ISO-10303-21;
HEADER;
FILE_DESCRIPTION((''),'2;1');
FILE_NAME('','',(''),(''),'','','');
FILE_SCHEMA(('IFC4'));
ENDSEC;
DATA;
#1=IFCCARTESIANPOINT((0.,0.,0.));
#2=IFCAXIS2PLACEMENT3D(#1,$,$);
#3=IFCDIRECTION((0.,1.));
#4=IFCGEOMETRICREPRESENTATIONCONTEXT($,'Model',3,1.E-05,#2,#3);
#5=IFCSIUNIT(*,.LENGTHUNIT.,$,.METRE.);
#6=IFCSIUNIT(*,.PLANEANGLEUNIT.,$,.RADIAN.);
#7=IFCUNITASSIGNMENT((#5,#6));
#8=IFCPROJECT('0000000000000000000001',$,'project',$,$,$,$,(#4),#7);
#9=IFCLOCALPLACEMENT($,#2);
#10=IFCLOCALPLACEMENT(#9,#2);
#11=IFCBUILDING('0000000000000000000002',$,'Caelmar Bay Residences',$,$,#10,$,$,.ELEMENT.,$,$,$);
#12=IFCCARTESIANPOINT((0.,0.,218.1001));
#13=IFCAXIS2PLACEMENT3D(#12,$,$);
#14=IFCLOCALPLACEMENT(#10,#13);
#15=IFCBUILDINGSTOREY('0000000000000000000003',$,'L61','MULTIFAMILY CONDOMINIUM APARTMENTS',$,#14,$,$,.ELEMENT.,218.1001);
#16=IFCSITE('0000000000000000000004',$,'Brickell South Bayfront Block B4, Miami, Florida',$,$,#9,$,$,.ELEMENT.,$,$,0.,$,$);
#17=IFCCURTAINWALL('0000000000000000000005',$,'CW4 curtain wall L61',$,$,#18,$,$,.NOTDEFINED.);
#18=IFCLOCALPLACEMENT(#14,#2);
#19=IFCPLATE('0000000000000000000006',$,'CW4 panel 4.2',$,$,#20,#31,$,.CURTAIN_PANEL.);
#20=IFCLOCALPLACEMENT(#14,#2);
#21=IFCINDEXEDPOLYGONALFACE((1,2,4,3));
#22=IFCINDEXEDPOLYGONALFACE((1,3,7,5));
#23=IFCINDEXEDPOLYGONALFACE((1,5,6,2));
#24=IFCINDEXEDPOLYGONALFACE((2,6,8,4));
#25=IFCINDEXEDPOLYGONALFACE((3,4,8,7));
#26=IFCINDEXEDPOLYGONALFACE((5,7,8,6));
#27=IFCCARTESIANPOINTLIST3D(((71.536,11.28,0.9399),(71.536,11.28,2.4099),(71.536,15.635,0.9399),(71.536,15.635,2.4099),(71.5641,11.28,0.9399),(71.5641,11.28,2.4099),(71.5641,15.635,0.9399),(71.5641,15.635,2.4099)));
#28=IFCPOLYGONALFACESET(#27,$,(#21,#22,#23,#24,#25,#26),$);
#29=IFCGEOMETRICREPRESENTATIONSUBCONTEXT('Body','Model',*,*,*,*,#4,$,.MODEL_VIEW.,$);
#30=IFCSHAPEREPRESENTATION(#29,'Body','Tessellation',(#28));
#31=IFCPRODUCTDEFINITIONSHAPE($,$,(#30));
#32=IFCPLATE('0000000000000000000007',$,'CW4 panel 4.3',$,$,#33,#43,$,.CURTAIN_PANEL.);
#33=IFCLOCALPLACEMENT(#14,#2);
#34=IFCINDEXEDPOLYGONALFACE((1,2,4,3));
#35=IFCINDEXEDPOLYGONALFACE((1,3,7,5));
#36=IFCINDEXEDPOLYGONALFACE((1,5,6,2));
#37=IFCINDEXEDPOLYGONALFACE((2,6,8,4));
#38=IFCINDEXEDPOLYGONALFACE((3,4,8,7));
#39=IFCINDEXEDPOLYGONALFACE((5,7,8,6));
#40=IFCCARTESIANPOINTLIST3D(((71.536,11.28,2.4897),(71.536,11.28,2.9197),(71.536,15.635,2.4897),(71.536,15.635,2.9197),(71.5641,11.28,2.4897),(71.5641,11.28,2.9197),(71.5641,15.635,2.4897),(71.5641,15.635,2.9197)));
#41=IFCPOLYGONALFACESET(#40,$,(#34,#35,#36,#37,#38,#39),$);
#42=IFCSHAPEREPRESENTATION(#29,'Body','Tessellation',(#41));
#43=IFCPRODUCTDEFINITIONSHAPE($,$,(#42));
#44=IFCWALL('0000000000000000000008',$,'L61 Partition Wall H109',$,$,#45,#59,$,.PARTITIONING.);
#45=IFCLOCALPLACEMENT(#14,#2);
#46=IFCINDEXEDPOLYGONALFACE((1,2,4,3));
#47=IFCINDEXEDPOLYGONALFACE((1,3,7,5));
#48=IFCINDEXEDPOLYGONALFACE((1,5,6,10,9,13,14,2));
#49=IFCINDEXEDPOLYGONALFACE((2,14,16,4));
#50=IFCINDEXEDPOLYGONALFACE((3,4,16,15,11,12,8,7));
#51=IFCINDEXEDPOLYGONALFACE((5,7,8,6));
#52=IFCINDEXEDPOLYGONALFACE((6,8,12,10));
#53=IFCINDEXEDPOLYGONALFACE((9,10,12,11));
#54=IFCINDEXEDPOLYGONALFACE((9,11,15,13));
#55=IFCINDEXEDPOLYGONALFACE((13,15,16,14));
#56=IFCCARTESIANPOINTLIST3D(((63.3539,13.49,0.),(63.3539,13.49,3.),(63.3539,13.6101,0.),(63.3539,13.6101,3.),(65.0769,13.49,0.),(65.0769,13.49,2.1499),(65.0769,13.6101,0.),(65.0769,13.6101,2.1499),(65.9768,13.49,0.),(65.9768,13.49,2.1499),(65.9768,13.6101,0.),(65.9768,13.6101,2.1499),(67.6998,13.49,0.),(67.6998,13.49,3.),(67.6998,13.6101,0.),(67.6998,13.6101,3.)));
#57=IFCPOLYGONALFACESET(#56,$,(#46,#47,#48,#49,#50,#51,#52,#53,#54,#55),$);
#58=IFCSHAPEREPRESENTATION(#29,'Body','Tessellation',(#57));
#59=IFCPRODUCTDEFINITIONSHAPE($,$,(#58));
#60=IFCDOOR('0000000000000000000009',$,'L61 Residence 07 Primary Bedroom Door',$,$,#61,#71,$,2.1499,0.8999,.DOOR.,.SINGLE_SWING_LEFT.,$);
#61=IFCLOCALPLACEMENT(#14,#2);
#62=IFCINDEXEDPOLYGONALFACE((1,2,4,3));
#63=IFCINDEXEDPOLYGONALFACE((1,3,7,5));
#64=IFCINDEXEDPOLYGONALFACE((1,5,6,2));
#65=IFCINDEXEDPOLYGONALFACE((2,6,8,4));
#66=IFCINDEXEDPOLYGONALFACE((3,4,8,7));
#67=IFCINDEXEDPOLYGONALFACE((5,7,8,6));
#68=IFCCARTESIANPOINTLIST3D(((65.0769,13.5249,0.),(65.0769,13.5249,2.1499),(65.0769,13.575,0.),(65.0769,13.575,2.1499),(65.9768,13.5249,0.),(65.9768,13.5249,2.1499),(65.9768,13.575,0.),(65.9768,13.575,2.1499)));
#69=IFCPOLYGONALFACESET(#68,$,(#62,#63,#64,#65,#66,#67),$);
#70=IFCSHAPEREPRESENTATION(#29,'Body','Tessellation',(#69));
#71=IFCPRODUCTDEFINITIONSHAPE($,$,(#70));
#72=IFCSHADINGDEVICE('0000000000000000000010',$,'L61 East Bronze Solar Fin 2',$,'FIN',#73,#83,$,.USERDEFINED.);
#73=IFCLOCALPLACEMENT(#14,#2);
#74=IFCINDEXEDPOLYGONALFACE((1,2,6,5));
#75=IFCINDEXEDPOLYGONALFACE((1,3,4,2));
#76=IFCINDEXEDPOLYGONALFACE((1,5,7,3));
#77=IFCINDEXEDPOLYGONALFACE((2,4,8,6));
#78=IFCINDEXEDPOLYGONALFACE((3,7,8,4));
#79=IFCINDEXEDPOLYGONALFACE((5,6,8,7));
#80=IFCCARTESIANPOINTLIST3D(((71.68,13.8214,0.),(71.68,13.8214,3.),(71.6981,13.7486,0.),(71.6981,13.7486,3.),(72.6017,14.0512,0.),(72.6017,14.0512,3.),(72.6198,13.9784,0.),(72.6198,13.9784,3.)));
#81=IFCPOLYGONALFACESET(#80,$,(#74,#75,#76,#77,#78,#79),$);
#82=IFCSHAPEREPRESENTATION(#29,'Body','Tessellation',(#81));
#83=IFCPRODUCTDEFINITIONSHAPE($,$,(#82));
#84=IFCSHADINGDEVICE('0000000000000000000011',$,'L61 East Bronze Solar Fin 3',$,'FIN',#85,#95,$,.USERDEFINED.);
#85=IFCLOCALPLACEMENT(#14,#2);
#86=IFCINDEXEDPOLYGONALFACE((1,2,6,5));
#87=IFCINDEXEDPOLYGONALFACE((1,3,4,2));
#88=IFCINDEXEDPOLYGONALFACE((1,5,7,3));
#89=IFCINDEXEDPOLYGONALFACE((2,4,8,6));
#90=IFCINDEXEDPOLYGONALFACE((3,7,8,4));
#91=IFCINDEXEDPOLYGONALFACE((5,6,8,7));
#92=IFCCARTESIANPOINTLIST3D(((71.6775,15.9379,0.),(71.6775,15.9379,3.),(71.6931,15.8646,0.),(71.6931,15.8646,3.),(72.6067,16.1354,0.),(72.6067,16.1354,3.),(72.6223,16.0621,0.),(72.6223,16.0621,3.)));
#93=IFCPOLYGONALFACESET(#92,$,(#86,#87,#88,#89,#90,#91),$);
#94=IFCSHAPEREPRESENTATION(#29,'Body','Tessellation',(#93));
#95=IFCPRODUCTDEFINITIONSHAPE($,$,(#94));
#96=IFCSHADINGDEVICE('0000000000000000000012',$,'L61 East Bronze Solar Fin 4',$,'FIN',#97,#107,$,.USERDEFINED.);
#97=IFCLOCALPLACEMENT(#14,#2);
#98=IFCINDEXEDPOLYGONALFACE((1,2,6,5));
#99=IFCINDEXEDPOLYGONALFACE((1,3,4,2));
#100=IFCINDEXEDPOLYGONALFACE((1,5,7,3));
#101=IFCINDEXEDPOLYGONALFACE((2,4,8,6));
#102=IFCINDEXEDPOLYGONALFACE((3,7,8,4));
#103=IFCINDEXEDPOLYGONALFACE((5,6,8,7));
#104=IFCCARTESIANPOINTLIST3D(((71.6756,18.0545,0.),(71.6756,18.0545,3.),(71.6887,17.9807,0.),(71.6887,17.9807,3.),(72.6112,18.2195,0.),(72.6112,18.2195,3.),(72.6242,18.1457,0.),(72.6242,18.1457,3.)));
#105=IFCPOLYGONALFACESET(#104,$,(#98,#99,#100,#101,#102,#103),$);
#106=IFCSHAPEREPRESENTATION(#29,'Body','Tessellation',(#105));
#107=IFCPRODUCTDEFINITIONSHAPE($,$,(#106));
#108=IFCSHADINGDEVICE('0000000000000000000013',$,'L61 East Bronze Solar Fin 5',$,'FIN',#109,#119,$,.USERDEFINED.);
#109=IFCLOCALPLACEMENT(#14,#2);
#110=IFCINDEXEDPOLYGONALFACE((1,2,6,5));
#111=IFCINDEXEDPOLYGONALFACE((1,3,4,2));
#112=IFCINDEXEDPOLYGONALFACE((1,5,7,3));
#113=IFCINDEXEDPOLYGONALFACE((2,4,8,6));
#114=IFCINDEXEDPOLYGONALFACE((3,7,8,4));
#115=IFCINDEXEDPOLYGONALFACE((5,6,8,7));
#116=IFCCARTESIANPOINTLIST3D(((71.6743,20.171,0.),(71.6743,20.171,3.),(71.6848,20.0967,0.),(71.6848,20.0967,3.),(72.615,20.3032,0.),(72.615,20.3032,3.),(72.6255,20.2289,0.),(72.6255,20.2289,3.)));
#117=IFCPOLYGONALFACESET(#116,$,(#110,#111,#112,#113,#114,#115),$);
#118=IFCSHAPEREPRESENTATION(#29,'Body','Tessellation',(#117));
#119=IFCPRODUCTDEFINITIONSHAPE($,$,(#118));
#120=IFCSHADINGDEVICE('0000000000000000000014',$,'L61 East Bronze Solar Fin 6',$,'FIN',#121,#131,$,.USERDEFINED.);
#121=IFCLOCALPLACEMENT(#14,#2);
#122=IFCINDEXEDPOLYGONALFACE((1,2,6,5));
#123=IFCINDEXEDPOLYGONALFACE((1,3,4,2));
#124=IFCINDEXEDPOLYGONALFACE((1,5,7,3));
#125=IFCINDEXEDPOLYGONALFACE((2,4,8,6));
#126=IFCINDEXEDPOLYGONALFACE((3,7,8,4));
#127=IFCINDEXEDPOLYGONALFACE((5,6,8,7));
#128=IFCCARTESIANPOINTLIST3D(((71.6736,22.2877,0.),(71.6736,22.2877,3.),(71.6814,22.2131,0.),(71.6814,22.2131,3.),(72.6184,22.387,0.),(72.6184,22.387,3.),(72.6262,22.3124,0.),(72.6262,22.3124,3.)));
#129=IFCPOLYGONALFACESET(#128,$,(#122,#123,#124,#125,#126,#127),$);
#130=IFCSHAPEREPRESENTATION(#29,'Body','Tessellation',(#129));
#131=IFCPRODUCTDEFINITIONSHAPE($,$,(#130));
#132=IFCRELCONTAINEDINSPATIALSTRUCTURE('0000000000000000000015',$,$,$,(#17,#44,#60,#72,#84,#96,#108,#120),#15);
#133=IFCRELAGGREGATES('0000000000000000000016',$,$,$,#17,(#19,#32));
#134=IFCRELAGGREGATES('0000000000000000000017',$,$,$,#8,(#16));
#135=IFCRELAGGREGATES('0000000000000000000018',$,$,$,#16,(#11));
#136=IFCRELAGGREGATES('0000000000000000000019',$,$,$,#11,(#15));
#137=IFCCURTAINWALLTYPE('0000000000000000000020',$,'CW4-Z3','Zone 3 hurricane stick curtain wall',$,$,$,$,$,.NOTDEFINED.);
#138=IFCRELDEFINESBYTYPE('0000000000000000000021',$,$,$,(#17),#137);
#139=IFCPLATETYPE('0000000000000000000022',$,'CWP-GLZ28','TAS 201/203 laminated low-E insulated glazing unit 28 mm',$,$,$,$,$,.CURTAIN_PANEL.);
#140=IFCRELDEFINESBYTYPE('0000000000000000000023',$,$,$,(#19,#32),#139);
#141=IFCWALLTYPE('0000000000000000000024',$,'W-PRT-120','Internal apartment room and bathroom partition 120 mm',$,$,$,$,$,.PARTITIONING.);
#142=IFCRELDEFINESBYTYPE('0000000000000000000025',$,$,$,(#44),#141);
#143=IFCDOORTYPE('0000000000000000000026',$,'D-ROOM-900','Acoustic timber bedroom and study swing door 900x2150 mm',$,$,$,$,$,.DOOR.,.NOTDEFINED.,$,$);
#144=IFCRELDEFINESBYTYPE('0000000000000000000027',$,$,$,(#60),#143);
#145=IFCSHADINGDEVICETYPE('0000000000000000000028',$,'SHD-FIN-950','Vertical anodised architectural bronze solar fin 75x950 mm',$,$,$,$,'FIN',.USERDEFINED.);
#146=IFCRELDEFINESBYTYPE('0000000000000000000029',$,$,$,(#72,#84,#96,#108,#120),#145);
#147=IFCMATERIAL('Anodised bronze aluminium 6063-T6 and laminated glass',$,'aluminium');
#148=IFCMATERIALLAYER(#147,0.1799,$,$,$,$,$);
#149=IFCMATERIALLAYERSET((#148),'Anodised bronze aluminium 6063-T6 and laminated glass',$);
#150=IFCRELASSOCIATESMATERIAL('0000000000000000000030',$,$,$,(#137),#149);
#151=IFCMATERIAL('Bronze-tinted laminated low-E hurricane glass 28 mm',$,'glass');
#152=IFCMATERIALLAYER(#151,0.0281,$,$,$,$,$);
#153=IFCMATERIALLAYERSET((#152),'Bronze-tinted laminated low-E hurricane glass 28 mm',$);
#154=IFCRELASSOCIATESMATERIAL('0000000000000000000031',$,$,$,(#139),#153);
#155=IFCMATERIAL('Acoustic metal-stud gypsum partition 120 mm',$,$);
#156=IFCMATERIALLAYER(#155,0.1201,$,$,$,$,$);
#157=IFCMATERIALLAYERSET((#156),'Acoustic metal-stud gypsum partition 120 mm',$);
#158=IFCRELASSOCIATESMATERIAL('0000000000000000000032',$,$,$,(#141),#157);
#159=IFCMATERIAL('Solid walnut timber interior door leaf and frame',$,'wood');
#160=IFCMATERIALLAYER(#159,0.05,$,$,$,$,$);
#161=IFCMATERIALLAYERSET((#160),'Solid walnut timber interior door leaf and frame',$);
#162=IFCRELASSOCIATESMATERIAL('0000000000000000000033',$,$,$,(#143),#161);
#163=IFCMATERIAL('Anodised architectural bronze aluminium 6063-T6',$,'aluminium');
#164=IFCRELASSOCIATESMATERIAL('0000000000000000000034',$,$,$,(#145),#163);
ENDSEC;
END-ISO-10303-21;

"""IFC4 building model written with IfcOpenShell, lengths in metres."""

from ifc_helpers import new_model, si_unit, direction, frame, frame_2d, origin, origin_2d, place, context, subcontext, project, spatial, rectangle, extrude, material, layer, layer_set, material_profile, profile_set, type_object, element, fill, aggregate, save


model = new_model("IFC4")

# Units and contexts
model_context = context("Model", 3, precision=1e-05, world=origin(), true_north=direction((0.0, 1.0)))
body_context = subcontext(model_context, "Body", "Model", "MODEL_VIEW")
ifc_project = project(units=[si_unit("LENGTHUNIT", "METRE"), si_unit("PLANEANGLEUNIT", "RADIAN")], contexts=[model_context])

# Site, building, storey
site_placement = place(None, origin())
site = spatial("IfcSite", under=ifc_project, at=site_placement, Name="Brickell South Bayfront Block B4, Miami, Florida", CompositionType="ELEMENT", RefElevation=0.0)
building_placement = place(site_placement, origin())
building = spatial("IfcBuilding", under=site, at=building_placement, Name="Caelmar Bay Residences", CompositionType="ELEMENT")
storey_placement = place(building_placement, frame((0.0, 0.0, 218.1001)))
storey = spatial("IfcBuildingStorey", under=building, at=storey_placement, Name="L61", Description="MULTIFAMILY CONDOMINIUM APARTMENTS", CompositionType="ELEMENT", Elevation=218.1001)

# Curtain wall, plates
ifc_material_1 = material(Name="Anodised bronze aluminium 6063-T6 and laminated glass", Category="aluminium")
ifc_layer_1 = layer(ifc_material_1, 0.1799)
ifc_layer_set_1 = layer_set([ifc_layer_1], Name="Anodised bronze aluminium 6063-T6 and laminated glass")
curtain_wall_type = type_object("IfcCurtainWallType", Name="CW4-Z3", Description="Zone 3 hurricane stick curtain wall", PredefinedType="NOTDEFINED", material=ifc_layer_set_1)
curtain_wall_placement = place(storey_placement, origin())
curtain_wall = element("IfcCurtainWall", 1, at=curtain_wall_placement, inside=storey, type_object=curtain_wall_type, Name="CW4 curtain wall L61", PredefinedType="NOTDEFINED")
ifc_material_2 = material(Name="Bronze-tinted laminated low-E hurricane glass 28 mm", Category="glass")
ifc_layer_2 = layer(ifc_material_2, 0.0281)
ifc_layer_set_2 = layer_set([ifc_layer_2], Name="Bronze-tinted laminated low-E hurricane glass 28 mm")
plate_type = type_object("IfcPlateType", Name="CWP-GLZ28", Description="TAS 201/203 laminated low-E insulated glazing unit 28 mm", PredefinedType="CURTAIN_PANEL", material=ifc_layer_set_2)
plate_1_placement = place(storey_placement, frame((71.55, 13.4575, 0.9399), z_axis=(0.0, 0.0, 1.0), x_axis=(0.0, -1.0, 0.0)))
plate_1 = element("IfcPlate", 2, at=plate_1_placement, type_object=plate_type, Name="CW4 panel 4.2", PredefinedType="CURTAIN_PANEL", context=body_context, shape_type="SweptSolid", body=[
    extrude(rectangle(XDim=4.355, YDim=0.0281, at=origin_2d()), origin(), (0.0, 0.0, 1.0), 1.47),
])
plate_2_placement = place(storey_placement, frame((71.55, 13.4575, 2.4897), z_axis=(0.0, 0.0, 1.0), x_axis=(0.0, -1.0, 0.0)))
plate_2 = element("IfcPlate", 3, at=plate_2_placement, type_object=plate_type, Name="CW4 panel 4.3", PredefinedType="CURTAIN_PANEL", context=body_context, shape_type="SweptSolid", body=[
    extrude(rectangle(XDim=4.355, YDim=0.0281, at=origin_2d()), origin(), (0.0, 0.0, 1.0), 0.4299),
])
aggregate(curtain_wall, [plate_1, plate_2])

# Wall, opening, door
ifc_material_3 = material(Name="Acoustic metal-stud gypsum partition 120 mm")
ifc_layer_3 = layer(ifc_material_3, 0.1201)
ifc_layer_set_3 = layer_set([ifc_layer_3], Name="Acoustic metal-stud gypsum partition 120 mm")
wall_type = type_object("IfcWallType", Name="W-PRT-120", Description="Internal apartment room and bathroom partition 120 mm", PredefinedType="PARTITIONING", material=ifc_layer_set_3)
wall_placement = place(storey_placement, frame((63.354, 13.55, 0.0), z_axis=(0.0, 0.0, 1.0), x_axis=(1.0, 0.0, 0.0)))
wall = element("IfcWall", 4, at=wall_placement, inside=storey, type_object=wall_type, Name="L61 Partition Wall H109", PredefinedType="PARTITIONING", context=body_context, shape_type="SweptSolid", body=[
    extrude(rectangle(XDim=4.3459, YDim=0.1201, at=frame_2d((2.1729, 0.0))), origin(), (0.0, 0.0, 1.0), 3.0),
])
opening_placement = place(wall_placement, frame((1.7229, 0.0, 0.0)))
opening = element("IfcOpeningElement", 5, at=opening_placement, cuts=wall, PredefinedType="OPENING", context=body_context, shape_type="SweptSolid", body=[
    extrude(rectangle(XDim=0.8999, YDim=2.1499, at=frame_2d((0.45, 1.075))), frame((0.0, 0.0701, 0.0), z_axis=(0.0, -1.0, 0.0), x_axis=(1.0, 0.0, 0.0)), (0.0, 0.0, 1.0), 0.1401),
])
ifc_material_4 = material(Name="Solid walnut timber interior door leaf and frame", Category="wood")
ifc_layer_4 = layer(ifc_material_4, 0.05)
ifc_layer_set_4 = layer_set([ifc_layer_4], Name="Solid walnut timber interior door leaf and frame")
door_type = type_object("IfcDoorType", Name="D-ROOM-900", Description="Acoustic timber bedroom and study swing door 900x2150 mm", OperationType="NOTDEFINED", PredefinedType="DOOR", material=ifc_layer_set_4)
door_placement = place(opening_placement, origin())
door = element("IfcDoor", 6, at=door_placement, inside=storey, type_object=door_type, Name="L61 Residence 07 Primary Bedroom Door", OperationType="SINGLE_SWING_LEFT", OverallHeight=2.1499, OverallWidth=0.8999, PredefinedType="DOOR", context=body_context, shape_type="SweptSolid", body=[
    extrude(rectangle(XDim=0.8999, YDim=2.1499, at=frame_2d((0.45, 1.075))), frame((0.0, 0.0249, 0.0), z_axis=(0.0, -1.0, 0.0), x_axis=(1.0, 0.0, 0.0)), (0.0, 0.0, 1.0), 0.05),
])
fill(opening, door)

# Shading devices
ifc_material_5 = material(Name="Anodised architectural bronze aluminium 6063-T6", Category="aluminium")
ifc_material_profile_1 = material_profile(ifc_material_5, rectangle(XDim=0.075, YDim=0.95, at=origin_2d()), Name="BRONZE-FIN-75X950")
ifc_profile_set_1 = profile_set([ifc_material_profile_1], Name="Anodised architectural bronze aluminium 6063-T6")
shading_device_type = type_object("IfcShadingDeviceType", Name="SHD-FIN-950", Description="Vertical anodised architectural bronze solar fin 75x950 mm", ElementType="FIN", PredefinedType="USERDEFINED", material=ifc_profile_set_1)
for number, where, z_axis, x_axis, name in (
    (7, (72.1499, 13.8999, 0.0), (0.0, 0.0, 1.0), (-0.241922, 0.970296, 0.0), "L61 East Bronze Solar Fin 2"),
    (8, (72.1499, 16.0, 0.0), (0.0, 0.0, 1.0), (-0.207912, 0.978148, 0.0), "L61 East Bronze Solar Fin 3"),
    (9, (72.1499, 18.1001, 0.0), (0.0, 0.0, 1.0), (-0.173648, 0.984808, 0.0), "L61 East Bronze Solar Fin 4"),
    (10, (72.1499, 20.2, 0.0), (0.0, 0.0, 1.0), (-0.139173, 0.990268, 0.0), "L61 East Bronze Solar Fin 5"),
    (11, (72.1499, 22.3, 0.0), (0.0, 0.0, 1.0), (-0.104528, 0.994522, 0.0), "L61 East Bronze Solar Fin 6"),
):
    element("IfcShadingDevice", number, at=place(storey_placement, frame(where, z_axis=z_axis, x_axis=x_axis)), inside=storey, type_object=shading_device_type, Name=name, ObjectType="FIN", PredefinedType="USERDEFINED", context=body_context, shape_type="SweptSolid", body=[
        extrude(rectangle(XDim=0.075, YDim=0.95, at=origin_2d()), origin(), (0.0, 0.0, 1.0), 3.0),
    ])

save(model, "model.ifc")
